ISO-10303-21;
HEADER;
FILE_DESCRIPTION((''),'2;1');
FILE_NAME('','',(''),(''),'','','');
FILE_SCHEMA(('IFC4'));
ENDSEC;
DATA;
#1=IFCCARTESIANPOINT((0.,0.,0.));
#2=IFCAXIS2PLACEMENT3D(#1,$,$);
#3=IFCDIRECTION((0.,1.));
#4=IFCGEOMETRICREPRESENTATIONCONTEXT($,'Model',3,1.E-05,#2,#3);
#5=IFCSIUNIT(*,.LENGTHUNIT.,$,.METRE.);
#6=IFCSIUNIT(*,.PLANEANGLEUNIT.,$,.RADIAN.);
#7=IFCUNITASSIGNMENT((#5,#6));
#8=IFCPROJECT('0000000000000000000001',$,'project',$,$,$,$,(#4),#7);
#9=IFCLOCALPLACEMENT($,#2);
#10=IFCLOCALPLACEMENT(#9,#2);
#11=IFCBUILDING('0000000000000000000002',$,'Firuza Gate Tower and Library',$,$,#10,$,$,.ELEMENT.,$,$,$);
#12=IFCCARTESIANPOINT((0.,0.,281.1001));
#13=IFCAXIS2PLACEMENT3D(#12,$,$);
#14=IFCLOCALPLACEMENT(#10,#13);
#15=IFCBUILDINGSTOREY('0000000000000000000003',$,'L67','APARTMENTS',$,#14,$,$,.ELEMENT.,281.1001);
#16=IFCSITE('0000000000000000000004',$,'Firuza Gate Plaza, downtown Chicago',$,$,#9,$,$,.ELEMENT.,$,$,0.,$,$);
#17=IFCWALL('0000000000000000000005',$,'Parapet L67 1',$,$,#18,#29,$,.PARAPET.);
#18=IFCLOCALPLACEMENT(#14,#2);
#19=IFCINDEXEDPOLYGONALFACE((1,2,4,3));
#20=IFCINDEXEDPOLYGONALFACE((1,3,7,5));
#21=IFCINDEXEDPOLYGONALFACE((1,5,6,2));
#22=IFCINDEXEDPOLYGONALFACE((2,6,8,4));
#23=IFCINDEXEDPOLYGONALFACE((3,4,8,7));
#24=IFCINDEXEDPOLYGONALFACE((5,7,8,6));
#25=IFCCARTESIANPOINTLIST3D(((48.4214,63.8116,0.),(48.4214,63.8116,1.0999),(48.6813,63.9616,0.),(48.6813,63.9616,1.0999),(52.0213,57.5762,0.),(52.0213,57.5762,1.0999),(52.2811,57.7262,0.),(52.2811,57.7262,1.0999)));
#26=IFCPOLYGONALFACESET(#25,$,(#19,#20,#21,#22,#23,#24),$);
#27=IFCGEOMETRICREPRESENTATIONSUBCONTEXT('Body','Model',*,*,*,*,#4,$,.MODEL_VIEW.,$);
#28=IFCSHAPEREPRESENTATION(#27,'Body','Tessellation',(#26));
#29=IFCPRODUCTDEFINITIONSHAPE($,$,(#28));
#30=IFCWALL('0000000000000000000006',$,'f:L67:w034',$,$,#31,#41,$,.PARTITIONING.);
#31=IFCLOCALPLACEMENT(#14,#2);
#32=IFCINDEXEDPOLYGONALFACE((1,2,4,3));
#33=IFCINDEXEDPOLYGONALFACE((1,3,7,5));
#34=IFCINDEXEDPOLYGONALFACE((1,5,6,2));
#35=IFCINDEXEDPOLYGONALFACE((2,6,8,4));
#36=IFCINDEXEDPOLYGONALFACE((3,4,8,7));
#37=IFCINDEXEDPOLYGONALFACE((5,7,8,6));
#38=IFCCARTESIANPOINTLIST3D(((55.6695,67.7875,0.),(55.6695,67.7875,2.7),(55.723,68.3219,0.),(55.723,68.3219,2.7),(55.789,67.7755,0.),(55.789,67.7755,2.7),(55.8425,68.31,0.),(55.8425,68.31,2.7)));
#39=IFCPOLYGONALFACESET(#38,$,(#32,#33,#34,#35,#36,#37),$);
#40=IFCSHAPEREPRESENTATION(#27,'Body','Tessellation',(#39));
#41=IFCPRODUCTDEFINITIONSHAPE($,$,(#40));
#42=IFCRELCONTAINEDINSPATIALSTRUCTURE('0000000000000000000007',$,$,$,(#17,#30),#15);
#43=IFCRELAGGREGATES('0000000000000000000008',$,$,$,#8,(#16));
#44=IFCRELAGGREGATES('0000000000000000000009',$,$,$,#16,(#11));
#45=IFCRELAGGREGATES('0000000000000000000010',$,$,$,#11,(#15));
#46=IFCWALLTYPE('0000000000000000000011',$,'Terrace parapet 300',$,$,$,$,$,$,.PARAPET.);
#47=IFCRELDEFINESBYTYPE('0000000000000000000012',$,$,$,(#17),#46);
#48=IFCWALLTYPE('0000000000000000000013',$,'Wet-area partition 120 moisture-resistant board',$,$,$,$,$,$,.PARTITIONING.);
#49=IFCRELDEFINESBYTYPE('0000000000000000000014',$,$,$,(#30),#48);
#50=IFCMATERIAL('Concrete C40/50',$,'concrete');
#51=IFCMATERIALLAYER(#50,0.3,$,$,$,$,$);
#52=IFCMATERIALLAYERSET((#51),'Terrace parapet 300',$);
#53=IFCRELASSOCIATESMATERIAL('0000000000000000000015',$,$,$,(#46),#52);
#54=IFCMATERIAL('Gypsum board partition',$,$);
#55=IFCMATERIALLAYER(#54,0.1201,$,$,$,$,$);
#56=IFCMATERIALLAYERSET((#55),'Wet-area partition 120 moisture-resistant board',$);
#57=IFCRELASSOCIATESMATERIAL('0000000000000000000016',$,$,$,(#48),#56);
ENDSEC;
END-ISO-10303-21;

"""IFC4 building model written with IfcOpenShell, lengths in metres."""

from ifc_helpers import new_model, si_unit, direction, frame, frame_2d, origin, place, context, subcontext, project, spatial, rectangle, extrude, material, layer, layer_set, type_object, element, save


model = new_model("IFC4")

# Units and contexts
model_context = context("Model", 3, precision=1e-05, world=origin(), true_north=direction((0.0, 1.0)))
body_context = subcontext(model_context, "Body", "Model", "MODEL_VIEW")
ifc_project = project(units=[si_unit("LENGTHUNIT", "METRE"), si_unit("PLANEANGLEUNIT", "RADIAN")], contexts=[model_context])

# Site, building, storey
site_placement = place(None, origin())
site = spatial("IfcSite", under=ifc_project, at=site_placement, Name="Firuza Gate Plaza, downtown Chicago", CompositionType="ELEMENT", RefElevation=0.0)
building_placement = place(site_placement, origin())
building = spatial("IfcBuilding", under=site, at=building_placement, Name="Firuza Gate Tower and Library", CompositionType="ELEMENT")
storey_placement = place(building_placement, frame((0.0, 0.0, 281.1001)))
storey = spatial("IfcBuildingStorey", under=building, at=storey_placement, Name="L67", Description="APARTMENTS", CompositionType="ELEMENT", Elevation=281.1001)

# Walls
ifc_material_1 = material(Name="Concrete C40/50", Category="concrete")
ifc_layer_1 = layer(ifc_material_1, 0.3)
ifc_layer_set_1 = layer_set([ifc_layer_1], Name="Terrace parapet 300")
wall_type_1 = type_object("IfcWallType", Name="Terrace parapet 300", PredefinedType="PARAPET", material=ifc_layer_set_1)
wall_1_placement = place(storey_placement, frame((48.5513, 63.8867, 0.0), z_axis=(0.0, 0.0, 1.0), x_axis=(0.499987, -0.866033, 0.0)))
element("IfcWall", 1, at=wall_1_placement, inside=storey, type_object=wall_type_1, Name="Parapet L67 1", PredefinedType="PARAPET", context=body_context, shape_type="SweptSolid", body=[
    extrude(rectangle(XDim=7.2, YDim=0.3, at=frame_2d((3.6001, 0.0))), origin(), (0.0, 0.0, 1.0), 1.0999),
])
ifc_material_2 = material(Name="Gypsum board partition")
ifc_layer_2 = layer(ifc_material_2, 0.1201)
ifc_layer_set_2 = layer_set([ifc_layer_2], Name="Wet-area partition 120 moisture-resistant board")
wall_type_2 = type_object("IfcWallType", Name="Wet-area partition 120 moisture-resistant board", PredefinedType="PARTITIONING", material=ifc_layer_set_2)
wall_2_placement = place(storey_placement, frame((55.7292, 67.7815, 0.0), z_axis=(0.0, 0.0, 1.0), x_axis=(0.099549, 0.995033, 0.0)))
element("IfcWall", 2, at=wall_2_placement, inside=storey, type_object=wall_type_2, Name="f:L67:w034", PredefinedType="PARTITIONING", context=body_context, shape_type="SweptSolid", body=[
    extrude(rectangle(XDim=0.5371, YDim=0.1201, at=frame_2d((0.2686, 0.0))), origin(), (0.0, 0.0, 1.0), 2.7),
])

save(model, "model.ifc")
